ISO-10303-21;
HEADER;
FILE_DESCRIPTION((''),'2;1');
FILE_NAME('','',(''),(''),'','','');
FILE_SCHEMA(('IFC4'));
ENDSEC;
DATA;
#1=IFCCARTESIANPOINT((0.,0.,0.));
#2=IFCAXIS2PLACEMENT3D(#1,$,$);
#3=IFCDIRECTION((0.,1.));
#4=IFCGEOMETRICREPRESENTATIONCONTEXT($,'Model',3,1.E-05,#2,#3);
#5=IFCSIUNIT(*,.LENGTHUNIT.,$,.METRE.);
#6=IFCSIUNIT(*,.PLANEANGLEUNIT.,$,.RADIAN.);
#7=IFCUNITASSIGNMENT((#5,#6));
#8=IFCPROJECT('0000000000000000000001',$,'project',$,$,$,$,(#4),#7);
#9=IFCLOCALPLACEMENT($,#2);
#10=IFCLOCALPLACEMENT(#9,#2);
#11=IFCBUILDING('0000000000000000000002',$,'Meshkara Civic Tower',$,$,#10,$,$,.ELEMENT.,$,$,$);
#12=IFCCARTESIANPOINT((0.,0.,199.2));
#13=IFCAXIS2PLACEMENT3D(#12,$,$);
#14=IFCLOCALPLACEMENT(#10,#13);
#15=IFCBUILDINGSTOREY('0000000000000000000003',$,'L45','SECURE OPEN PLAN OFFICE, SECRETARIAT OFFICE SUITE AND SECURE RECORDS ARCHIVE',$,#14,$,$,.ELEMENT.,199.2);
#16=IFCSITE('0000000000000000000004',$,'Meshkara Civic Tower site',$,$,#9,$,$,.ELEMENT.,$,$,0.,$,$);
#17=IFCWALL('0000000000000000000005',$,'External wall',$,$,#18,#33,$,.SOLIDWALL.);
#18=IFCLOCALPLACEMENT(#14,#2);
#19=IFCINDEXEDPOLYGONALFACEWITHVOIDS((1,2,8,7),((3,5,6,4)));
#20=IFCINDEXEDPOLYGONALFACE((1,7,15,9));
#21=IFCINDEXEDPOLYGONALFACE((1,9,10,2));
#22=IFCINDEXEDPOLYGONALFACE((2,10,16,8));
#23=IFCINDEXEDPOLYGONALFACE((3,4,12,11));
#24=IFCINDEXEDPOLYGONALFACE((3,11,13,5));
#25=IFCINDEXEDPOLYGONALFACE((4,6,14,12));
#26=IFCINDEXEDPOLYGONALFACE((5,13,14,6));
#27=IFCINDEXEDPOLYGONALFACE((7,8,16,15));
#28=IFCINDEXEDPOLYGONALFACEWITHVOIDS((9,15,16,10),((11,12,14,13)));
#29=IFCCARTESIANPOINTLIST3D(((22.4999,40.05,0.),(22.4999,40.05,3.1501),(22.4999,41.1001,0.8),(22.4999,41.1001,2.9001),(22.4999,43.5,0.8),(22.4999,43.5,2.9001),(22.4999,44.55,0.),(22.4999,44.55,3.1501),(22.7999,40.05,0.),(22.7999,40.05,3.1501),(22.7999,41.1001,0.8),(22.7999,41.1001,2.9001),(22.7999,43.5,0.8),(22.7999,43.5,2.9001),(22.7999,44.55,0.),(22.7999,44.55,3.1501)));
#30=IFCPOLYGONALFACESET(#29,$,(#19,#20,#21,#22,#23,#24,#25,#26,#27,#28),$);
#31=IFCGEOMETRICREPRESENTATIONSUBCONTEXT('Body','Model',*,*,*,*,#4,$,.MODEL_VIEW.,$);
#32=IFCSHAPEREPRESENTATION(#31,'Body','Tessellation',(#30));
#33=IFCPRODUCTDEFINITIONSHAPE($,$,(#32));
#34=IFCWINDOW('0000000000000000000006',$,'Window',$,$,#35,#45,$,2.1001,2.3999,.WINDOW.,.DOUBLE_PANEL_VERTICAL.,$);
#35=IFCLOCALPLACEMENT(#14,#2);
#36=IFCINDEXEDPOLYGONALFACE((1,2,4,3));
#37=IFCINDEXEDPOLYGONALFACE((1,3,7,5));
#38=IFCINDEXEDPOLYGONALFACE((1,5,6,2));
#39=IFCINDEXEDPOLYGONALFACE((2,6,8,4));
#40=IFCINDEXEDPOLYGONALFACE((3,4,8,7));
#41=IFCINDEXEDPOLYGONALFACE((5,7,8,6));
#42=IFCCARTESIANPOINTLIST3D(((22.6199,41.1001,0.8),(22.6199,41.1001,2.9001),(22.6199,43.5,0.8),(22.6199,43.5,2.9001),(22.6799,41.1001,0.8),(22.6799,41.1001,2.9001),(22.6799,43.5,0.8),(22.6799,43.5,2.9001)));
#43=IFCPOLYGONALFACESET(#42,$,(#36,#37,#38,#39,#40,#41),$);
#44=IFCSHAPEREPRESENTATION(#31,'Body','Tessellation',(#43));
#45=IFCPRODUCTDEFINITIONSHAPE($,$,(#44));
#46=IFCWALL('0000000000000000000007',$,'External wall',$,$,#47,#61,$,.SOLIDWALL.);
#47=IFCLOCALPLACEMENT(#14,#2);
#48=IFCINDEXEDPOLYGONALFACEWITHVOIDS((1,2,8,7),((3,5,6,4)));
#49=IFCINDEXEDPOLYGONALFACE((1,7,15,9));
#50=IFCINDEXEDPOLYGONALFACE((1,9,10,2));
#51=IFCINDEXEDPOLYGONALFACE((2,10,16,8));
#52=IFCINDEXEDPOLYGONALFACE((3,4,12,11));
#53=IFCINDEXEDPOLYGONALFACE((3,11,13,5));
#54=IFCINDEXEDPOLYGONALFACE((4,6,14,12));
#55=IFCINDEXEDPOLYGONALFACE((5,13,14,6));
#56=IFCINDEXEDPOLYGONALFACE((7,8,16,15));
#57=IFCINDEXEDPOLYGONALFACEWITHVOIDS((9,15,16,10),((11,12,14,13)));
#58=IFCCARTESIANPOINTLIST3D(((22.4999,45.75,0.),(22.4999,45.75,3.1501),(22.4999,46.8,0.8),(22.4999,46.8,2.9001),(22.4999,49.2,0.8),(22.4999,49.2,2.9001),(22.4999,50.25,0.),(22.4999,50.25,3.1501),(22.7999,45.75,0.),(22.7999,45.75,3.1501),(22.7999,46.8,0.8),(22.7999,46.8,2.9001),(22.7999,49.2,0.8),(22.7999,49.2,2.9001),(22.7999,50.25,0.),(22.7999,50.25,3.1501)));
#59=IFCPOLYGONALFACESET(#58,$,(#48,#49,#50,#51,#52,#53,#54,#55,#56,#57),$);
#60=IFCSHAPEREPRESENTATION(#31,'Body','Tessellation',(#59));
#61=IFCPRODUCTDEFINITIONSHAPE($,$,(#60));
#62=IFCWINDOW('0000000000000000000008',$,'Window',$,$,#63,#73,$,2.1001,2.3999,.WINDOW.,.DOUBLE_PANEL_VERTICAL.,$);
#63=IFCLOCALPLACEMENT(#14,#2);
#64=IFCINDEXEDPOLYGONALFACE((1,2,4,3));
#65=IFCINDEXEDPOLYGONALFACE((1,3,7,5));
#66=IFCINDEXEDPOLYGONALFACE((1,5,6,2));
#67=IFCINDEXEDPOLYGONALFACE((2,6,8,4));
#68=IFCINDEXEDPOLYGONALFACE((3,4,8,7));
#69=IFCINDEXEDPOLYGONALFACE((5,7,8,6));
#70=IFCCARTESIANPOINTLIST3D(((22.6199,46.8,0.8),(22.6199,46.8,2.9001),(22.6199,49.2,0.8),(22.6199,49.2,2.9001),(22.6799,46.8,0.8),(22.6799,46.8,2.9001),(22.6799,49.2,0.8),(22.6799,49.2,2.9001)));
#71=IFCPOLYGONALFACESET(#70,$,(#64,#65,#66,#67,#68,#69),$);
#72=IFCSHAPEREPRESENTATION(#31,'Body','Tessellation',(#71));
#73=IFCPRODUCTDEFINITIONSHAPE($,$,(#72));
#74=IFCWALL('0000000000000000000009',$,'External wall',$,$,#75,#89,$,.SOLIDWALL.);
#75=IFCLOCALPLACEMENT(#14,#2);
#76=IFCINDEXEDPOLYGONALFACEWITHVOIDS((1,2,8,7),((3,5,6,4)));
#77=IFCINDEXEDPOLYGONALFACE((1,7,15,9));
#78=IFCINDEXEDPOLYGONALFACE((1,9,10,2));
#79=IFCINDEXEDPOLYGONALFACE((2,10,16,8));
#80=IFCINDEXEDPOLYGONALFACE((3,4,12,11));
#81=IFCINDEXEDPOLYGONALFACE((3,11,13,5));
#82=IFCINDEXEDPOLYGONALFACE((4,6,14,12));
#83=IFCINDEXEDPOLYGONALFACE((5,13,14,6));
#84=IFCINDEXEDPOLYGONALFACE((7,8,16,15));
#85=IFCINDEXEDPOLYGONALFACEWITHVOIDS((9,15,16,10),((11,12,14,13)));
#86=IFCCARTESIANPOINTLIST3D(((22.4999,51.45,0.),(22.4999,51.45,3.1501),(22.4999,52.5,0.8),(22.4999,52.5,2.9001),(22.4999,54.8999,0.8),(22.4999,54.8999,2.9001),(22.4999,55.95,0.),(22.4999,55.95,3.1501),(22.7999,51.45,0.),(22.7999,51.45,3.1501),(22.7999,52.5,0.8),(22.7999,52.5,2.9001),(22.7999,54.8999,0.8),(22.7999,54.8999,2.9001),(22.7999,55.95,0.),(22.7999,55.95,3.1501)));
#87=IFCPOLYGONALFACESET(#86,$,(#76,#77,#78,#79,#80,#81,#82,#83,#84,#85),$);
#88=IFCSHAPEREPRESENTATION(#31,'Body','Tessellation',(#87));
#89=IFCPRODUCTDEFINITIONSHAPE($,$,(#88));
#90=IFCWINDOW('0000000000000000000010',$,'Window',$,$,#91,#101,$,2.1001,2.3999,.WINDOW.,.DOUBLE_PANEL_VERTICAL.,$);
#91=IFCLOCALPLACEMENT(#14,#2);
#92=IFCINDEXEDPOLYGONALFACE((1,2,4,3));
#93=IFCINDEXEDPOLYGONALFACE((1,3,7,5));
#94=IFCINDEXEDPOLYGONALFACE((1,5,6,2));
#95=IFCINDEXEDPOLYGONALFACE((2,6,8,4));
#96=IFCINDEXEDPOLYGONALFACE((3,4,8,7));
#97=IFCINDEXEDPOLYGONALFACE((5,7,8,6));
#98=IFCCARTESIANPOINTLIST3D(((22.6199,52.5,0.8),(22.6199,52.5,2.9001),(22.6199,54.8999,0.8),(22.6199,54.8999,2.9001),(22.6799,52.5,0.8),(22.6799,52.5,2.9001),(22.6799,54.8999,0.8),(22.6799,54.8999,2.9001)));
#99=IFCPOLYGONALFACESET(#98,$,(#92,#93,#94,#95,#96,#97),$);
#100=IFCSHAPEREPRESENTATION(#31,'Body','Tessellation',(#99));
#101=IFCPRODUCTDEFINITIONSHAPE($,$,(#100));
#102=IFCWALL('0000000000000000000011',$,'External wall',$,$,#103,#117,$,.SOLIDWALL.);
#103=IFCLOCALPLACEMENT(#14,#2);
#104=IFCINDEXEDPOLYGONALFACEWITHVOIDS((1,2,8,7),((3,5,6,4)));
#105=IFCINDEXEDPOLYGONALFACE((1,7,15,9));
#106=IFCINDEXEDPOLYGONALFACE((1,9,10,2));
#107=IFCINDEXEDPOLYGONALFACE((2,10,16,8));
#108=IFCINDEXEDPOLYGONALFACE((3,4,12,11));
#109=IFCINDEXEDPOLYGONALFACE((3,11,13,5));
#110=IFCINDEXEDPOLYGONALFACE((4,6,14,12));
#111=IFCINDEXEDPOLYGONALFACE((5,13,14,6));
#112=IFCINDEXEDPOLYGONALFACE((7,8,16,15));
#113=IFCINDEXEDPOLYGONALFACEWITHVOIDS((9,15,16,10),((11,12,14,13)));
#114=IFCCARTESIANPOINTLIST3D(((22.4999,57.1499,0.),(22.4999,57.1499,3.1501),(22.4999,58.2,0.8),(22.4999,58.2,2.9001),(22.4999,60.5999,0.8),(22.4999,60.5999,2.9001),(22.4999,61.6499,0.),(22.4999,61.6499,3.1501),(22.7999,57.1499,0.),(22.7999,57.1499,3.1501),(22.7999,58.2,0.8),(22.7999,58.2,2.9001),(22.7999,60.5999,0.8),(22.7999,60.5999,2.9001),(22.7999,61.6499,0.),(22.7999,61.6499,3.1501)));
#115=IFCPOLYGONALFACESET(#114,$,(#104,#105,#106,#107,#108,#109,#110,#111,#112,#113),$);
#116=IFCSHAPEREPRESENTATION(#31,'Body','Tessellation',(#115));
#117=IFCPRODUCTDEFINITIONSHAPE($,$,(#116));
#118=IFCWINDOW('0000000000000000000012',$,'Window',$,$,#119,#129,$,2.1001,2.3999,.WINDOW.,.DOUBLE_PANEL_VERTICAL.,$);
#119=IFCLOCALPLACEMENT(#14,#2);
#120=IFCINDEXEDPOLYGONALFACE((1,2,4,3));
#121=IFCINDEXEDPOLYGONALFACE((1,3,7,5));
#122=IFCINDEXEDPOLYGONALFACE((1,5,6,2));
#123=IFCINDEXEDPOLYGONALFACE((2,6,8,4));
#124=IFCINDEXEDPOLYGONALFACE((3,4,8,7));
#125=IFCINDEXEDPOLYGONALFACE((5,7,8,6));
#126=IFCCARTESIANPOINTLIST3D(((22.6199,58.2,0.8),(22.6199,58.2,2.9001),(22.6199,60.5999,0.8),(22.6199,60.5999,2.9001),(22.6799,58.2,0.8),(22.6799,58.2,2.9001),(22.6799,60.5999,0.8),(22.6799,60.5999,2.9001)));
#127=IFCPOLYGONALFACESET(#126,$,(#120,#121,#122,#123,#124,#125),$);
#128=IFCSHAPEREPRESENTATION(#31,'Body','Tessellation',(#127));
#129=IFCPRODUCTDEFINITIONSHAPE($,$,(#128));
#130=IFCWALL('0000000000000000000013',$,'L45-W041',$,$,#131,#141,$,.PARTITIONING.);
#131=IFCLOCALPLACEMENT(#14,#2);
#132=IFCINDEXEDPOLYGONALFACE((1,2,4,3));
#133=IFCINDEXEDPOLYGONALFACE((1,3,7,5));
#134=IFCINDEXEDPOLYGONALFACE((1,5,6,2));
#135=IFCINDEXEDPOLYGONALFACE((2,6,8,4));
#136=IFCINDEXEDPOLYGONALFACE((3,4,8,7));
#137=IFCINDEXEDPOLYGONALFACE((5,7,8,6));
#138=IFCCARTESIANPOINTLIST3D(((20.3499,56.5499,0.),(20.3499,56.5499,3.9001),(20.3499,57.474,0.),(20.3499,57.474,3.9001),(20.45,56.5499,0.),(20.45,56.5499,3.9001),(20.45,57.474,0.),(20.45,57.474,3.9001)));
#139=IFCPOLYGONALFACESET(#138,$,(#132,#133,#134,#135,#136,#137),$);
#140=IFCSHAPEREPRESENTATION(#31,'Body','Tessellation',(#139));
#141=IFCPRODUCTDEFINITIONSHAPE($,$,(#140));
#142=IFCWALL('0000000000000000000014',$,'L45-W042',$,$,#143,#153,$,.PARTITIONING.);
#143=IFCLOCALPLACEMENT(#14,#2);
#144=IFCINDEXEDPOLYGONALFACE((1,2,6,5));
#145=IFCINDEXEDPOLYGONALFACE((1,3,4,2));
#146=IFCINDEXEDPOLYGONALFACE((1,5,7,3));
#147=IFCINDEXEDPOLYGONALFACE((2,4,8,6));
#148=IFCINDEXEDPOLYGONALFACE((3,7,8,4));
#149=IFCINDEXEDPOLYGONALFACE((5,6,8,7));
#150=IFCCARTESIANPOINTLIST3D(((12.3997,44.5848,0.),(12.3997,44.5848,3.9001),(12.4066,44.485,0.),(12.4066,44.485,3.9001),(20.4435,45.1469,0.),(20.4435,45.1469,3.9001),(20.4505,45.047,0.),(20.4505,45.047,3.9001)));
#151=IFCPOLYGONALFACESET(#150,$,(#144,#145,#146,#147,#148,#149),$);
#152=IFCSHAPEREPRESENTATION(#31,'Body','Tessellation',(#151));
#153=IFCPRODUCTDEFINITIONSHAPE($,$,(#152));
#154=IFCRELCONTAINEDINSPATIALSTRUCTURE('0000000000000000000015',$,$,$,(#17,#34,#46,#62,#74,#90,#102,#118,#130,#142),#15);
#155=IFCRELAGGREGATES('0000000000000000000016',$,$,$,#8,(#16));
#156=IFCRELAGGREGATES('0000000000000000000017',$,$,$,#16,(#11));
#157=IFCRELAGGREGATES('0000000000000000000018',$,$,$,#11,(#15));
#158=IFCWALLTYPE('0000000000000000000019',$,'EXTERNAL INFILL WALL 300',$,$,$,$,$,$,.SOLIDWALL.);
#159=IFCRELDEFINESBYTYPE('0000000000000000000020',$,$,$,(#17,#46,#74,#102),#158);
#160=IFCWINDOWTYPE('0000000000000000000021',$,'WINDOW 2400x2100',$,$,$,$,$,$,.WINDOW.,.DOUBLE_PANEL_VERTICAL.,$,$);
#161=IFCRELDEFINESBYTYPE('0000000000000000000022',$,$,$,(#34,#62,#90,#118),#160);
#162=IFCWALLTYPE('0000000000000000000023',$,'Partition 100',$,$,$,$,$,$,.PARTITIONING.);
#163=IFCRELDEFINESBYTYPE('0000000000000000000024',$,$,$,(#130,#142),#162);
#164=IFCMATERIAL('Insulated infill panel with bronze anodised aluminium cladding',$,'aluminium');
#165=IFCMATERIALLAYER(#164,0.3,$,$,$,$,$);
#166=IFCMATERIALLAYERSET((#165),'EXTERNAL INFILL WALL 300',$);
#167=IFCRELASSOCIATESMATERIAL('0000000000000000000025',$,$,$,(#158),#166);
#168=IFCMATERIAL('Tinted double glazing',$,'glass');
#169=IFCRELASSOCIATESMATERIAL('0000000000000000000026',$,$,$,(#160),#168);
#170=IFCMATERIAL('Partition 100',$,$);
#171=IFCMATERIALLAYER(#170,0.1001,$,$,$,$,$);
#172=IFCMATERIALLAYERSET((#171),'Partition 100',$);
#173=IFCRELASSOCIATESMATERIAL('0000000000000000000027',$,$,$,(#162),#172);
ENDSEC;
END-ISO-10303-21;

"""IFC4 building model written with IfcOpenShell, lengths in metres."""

from ifc_helpers import new_model, si_unit, direction, frame, frame_2d, origin, place, context, subcontext, project, spatial, rectangle, extrude, material, layer, layer_set, type_object, element, fill, save


model = new_model("IFC4")

# Units and contexts
model_context = context("Model", 3, precision=1e-05, world=origin(), true_north=direction((0.0, 1.0)))
body_context = subcontext(model_context, "Body", "Model", "MODEL_VIEW")
ifc_project = project(units=[si_unit("LENGTHUNIT", "METRE"), si_unit("PLANEANGLEUNIT", "RADIAN")], contexts=[model_context])

# Site, building, storey
site_placement = place(None, origin())
site = spatial("IfcSite", under=ifc_project, at=site_placement, Name="Meshkara Civic Tower site", CompositionType="ELEMENT", RefElevation=0.0)
building_placement = place(site_placement, origin())
building = spatial("IfcBuilding", under=site, at=building_placement, Name="Meshkara Civic Tower", CompositionType="ELEMENT")
storey_placement = place(building_placement, frame((0.0, 0.0, 199.2)))
storey = spatial("IfcBuildingStorey", under=building, at=storey_placement, Name="L45", Description="SECURE OPEN PLAN OFFICE, SECRETARIAT OFFICE SUITE AND SECURE RECORDS ARCHIVE", CompositionType="ELEMENT", Elevation=199.2)

# Walls, openings, windows
ifc_material_1 = material(Name="Insulated infill panel with bronze anodised aluminium cladding", Category="aluminium")
ifc_layer_1 = layer(ifc_material_1, 0.3)
ifc_layer_set_1 = layer_set([ifc_layer_1], Name="EXTERNAL INFILL WALL 300")
wall_type_1 = type_object("IfcWallType", Name="EXTERNAL INFILL WALL 300", PredefinedType="SOLIDWALL", material=ifc_layer_set_1)
wall_1_placement = place(storey_placement, frame((22.6499, 40.05, 0.0), z_axis=(0.0, 0.0, 1.0), x_axis=(0.0, 1.0, 0.0)))
wall_1 = element("IfcWall", 1, at=wall_1_placement, inside=storey, type_object=wall_type_1, Name="External wall", PredefinedType="SOLIDWALL", context=body_context, shape_type="SweptSolid", body=[
    extrude(rectangle(XDim=4.5, YDim=0.3, at=frame_2d((2.25, 0.0))), origin(), (0.0, 0.0, 1.0), 3.1501),
])
opening_1_placement = place(wall_1_placement, frame((1.05, 0.0, 0.8)))
opening_1 = element("IfcOpeningElement", 2, at=opening_1_placement, cuts=wall_1, PredefinedType="OPENING", context=body_context, shape_type="SweptSolid", body=[
    extrude(rectangle(XDim=2.3999, YDim=2.1001, at=frame_2d((1.2, 1.05))), frame((0.0, 0.1599, 0.0), z_axis=(0.0, -1.0, 0.0), x_axis=(1.0, 0.0, 0.0)), (0.0, 0.0, 1.0), 0.3201),
])
ifc_material_2 = material(Name="Tinted double glazing", Category="glass")
window_type = type_object("IfcWindowType", Name="WINDOW 2400x2100", PartitioningType="DOUBLE_PANEL_VERTICAL", PredefinedType="WINDOW", material=ifc_material_2)
window_1_placement = place(opening_1_placement, origin())
window_1 = element("IfcWindow", 3, at=window_1_placement, inside=storey, type_object=window_type, Name="Window", OverallHeight=2.1001, OverallWidth=2.3999, PartitioningType="DOUBLE_PANEL_VERTICAL", PredefinedType="WINDOW", context=body_context, shape_type="SweptSolid", body=[
    extrude(rectangle(XDim=2.3999, YDim=2.1001, at=frame_2d((1.2, 1.05))), frame((0.0, 0.03, 0.0), z_axis=(0.0, -1.0, 0.0), x_axis=(1.0, 0.0, 0.0)), (0.0, 0.0, 1.0), 0.0601),
])
fill(opening_1, window_1)
wall_2_placement = place(storey_placement, frame((22.6499, 45.75, 0.0), z_axis=(0.0, 0.0, 1.0), x_axis=(0.0, 1.0, 0.0)))
wall_2 = element("IfcWall", 4, at=wall_2_placement, inside=storey, type_object=wall_type_1, Name="External wall", PredefinedType="SOLIDWALL", context=body_context, shape_type="SweptSolid", body=[
    extrude(rectangle(XDim=4.5, YDim=0.3, at=frame_2d((2.25, 0.0))), origin(), (0.0, 0.0, 1.0), 3.1501),
])
opening_2_placement = place(wall_2_placement, frame((1.05, 0.0, 0.8)))
opening_2 = element("IfcOpeningElement", 5, at=opening_2_placement, cuts=wall_2, PredefinedType="OPENING", context=body_context, shape_type="SweptSolid", body=[
    extrude(rectangle(XDim=2.3999, YDim=2.1001, at=frame_2d((1.2, 1.05))), frame((0.0, 0.1599, 0.0), z_axis=(0.0, -1.0, 0.0), x_axis=(1.0, 0.0, 0.0)), (0.0, 0.0, 1.0), 0.3201),
])
window_2_placement = place(opening_2_placement, origin())
window_2 = element("IfcWindow", 6, at=window_2_placement, inside=storey, type_object=window_type, Name="Window", OverallHeight=2.1001, OverallWidth=2.3999, PartitioningType="DOUBLE_PANEL_VERTICAL", PredefinedType="WINDOW", context=body_context, shape_type="SweptSolid", body=[
    extrude(rectangle(XDim=2.3999, YDim=2.1001, at=frame_2d((1.2, 1.05))), frame((0.0, 0.03, 0.0), z_axis=(0.0, -1.0, 0.0), x_axis=(1.0, 0.0, 0.0)), (0.0, 0.0, 1.0), 0.0601),
])
fill(opening_2, window_2)
wall_3_placement = place(storey_placement, frame((22.6499, 51.45, 0.0), z_axis=(0.0, 0.0, 1.0), x_axis=(0.0, 1.0, 0.0)))
wall_3 = element("IfcWall", 7, at=wall_3_placement, inside=storey, type_object=wall_type_1, Name="External wall", PredefinedType="SOLIDWALL", context=body_context, shape_type="SweptSolid", body=[
    extrude(rectangle(XDim=4.5, YDim=0.3, at=frame_2d((2.25, 0.0))), origin(), (0.0, 0.0, 1.0), 3.1501),
])
opening_3_placement = place(wall_3_placement, frame((1.05, 0.0, 0.8)))
opening_3 = element("IfcOpeningElement", 8, at=opening_3_placement, cuts=wall_3, PredefinedType="OPENING", context=body_context, shape_type="SweptSolid", body=[
    extrude(rectangle(XDim=2.3999, YDim=2.1001, at=frame_2d((1.2, 1.05))), frame((0.0, 0.1599, 0.0), z_axis=(0.0, -1.0, 0.0), x_axis=(1.0, 0.0, 0.0)), (0.0, 0.0, 1.0), 0.3201),
])
window_3_placement = place(opening_3_placement, origin())
window_3 = element("IfcWindow", 9, at=window_3_placement, inside=storey, type_object=window_type, Name="Window", OverallHeight=2.1001, OverallWidth=2.3999, PartitioningType="DOUBLE_PANEL_VERTICAL", PredefinedType="WINDOW", context=body_context, shape_type="SweptSolid", body=[
    extrude(rectangle(XDim=2.3999, YDim=2.1001, at=frame_2d((1.2, 1.05))), frame((0.0, 0.03, 0.0), z_axis=(0.0, -1.0, 0.0), x_axis=(1.0, 0.0, 0.0)), (0.0, 0.0, 1.0), 0.0601),
])
fill(opening_3, window_3)
wall_4_placement = place(storey_placement, frame((22.6499, 57.1499, 0.0), z_axis=(0.0, 0.0, 1.0), x_axis=(0.0, 1.0, 0.0)))
wall_4 = element("IfcWall", 10, at=wall_4_placement, inside=storey, type_object=wall_type_1, Name="External wall", PredefinedType="SOLIDWALL", context=body_context, shape_type="SweptSolid", body=[
    extrude(rectangle(XDim=4.5, YDim=0.3, at=frame_2d((2.25, 0.0))), origin(), (0.0, 0.0, 1.0), 3.1501),
])
opening_4_placement = place(wall_4_placement, frame((1.05, 0.0, 0.8)))
opening_4 = element("IfcOpeningElement", 11, at=opening_4_placement, cuts=wall_4, PredefinedType="OPENING", context=body_context, shape_type="SweptSolid", body=[
    extrude(rectangle(XDim=2.3999, YDim=2.1001, at=frame_2d((1.2, 1.05))), frame((0.0, 0.1599, 0.0), z_axis=(0.0, -1.0, 0.0), x_axis=(1.0, 0.0, 0.0)), (0.0, 0.0, 1.0), 0.3201),
])
window_4_placement = place(opening_4_placement, origin())
window_4 = element("IfcWindow", 12, at=window_4_placement, inside=storey, type_object=window_type, Name="Window", OverallHeight=2.1001, OverallWidth=2.3999, PartitioningType="DOUBLE_PANEL_VERTICAL", PredefinedType="WINDOW", context=body_context, shape_type="SweptSolid", body=[
    extrude(rectangle(XDim=2.3999, YDim=2.1001, at=frame_2d((1.2, 1.05))), frame((0.0, 0.03, 0.0), z_axis=(0.0, -1.0, 0.0), x_axis=(1.0, 0.0, 0.0)), (0.0, 0.0, 1.0), 0.0601),
])
fill(opening_4, window_4)

# Walls
ifc_material_3 = material(Name="Partition 100")
ifc_layer_2 = layer(ifc_material_3, 0.1001)
ifc_layer_set_2 = layer_set([ifc_layer_2], Name="Partition 100")
wall_type_2 = type_object("IfcWallType", Name="Partition 100", PredefinedType="PARTITIONING", material=ifc_layer_set_2)
wall_5_placement = place(storey_placement, frame((20.3999, 56.55, 0.0), z_axis=(0.0, 0.0, 1.0), x_axis=(0.0, 1.0, 0.0)))
element("IfcWall", 13, at=wall_5_placement, inside=storey, type_object=wall_type_2, Name="L45-W041", PredefinedType="PARTITIONING", context=body_context, shape_type="SweptSolid", body=[
    extrude(rectangle(XDim=0.9241, YDim=0.1001, at=frame_2d((0.4619, 0.0))), origin(), (0.0, 0.0, 1.0), 3.9001),
])
wall_6_placement = place(storey_placement, frame((20.447, 45.0969, 0.0), z_axis=(0.0, 0.0, 1.0), x_axis=(-0.997568, -0.069698, 0.0)))
element("IfcWall", 14, at=wall_6_placement, inside=storey, type_object=wall_type_2, Name="L45-W042", PredefinedType="PARTITIONING", context=body_context, shape_type="SweptSolid", body=[
    extrude(rectangle(XDim=8.0635, YDim=0.1001, at=frame_2d((4.0317, 0.0))), origin(), (0.0, 0.0, 1.0), 3.9001),
])

save(model, "model.ifc")
